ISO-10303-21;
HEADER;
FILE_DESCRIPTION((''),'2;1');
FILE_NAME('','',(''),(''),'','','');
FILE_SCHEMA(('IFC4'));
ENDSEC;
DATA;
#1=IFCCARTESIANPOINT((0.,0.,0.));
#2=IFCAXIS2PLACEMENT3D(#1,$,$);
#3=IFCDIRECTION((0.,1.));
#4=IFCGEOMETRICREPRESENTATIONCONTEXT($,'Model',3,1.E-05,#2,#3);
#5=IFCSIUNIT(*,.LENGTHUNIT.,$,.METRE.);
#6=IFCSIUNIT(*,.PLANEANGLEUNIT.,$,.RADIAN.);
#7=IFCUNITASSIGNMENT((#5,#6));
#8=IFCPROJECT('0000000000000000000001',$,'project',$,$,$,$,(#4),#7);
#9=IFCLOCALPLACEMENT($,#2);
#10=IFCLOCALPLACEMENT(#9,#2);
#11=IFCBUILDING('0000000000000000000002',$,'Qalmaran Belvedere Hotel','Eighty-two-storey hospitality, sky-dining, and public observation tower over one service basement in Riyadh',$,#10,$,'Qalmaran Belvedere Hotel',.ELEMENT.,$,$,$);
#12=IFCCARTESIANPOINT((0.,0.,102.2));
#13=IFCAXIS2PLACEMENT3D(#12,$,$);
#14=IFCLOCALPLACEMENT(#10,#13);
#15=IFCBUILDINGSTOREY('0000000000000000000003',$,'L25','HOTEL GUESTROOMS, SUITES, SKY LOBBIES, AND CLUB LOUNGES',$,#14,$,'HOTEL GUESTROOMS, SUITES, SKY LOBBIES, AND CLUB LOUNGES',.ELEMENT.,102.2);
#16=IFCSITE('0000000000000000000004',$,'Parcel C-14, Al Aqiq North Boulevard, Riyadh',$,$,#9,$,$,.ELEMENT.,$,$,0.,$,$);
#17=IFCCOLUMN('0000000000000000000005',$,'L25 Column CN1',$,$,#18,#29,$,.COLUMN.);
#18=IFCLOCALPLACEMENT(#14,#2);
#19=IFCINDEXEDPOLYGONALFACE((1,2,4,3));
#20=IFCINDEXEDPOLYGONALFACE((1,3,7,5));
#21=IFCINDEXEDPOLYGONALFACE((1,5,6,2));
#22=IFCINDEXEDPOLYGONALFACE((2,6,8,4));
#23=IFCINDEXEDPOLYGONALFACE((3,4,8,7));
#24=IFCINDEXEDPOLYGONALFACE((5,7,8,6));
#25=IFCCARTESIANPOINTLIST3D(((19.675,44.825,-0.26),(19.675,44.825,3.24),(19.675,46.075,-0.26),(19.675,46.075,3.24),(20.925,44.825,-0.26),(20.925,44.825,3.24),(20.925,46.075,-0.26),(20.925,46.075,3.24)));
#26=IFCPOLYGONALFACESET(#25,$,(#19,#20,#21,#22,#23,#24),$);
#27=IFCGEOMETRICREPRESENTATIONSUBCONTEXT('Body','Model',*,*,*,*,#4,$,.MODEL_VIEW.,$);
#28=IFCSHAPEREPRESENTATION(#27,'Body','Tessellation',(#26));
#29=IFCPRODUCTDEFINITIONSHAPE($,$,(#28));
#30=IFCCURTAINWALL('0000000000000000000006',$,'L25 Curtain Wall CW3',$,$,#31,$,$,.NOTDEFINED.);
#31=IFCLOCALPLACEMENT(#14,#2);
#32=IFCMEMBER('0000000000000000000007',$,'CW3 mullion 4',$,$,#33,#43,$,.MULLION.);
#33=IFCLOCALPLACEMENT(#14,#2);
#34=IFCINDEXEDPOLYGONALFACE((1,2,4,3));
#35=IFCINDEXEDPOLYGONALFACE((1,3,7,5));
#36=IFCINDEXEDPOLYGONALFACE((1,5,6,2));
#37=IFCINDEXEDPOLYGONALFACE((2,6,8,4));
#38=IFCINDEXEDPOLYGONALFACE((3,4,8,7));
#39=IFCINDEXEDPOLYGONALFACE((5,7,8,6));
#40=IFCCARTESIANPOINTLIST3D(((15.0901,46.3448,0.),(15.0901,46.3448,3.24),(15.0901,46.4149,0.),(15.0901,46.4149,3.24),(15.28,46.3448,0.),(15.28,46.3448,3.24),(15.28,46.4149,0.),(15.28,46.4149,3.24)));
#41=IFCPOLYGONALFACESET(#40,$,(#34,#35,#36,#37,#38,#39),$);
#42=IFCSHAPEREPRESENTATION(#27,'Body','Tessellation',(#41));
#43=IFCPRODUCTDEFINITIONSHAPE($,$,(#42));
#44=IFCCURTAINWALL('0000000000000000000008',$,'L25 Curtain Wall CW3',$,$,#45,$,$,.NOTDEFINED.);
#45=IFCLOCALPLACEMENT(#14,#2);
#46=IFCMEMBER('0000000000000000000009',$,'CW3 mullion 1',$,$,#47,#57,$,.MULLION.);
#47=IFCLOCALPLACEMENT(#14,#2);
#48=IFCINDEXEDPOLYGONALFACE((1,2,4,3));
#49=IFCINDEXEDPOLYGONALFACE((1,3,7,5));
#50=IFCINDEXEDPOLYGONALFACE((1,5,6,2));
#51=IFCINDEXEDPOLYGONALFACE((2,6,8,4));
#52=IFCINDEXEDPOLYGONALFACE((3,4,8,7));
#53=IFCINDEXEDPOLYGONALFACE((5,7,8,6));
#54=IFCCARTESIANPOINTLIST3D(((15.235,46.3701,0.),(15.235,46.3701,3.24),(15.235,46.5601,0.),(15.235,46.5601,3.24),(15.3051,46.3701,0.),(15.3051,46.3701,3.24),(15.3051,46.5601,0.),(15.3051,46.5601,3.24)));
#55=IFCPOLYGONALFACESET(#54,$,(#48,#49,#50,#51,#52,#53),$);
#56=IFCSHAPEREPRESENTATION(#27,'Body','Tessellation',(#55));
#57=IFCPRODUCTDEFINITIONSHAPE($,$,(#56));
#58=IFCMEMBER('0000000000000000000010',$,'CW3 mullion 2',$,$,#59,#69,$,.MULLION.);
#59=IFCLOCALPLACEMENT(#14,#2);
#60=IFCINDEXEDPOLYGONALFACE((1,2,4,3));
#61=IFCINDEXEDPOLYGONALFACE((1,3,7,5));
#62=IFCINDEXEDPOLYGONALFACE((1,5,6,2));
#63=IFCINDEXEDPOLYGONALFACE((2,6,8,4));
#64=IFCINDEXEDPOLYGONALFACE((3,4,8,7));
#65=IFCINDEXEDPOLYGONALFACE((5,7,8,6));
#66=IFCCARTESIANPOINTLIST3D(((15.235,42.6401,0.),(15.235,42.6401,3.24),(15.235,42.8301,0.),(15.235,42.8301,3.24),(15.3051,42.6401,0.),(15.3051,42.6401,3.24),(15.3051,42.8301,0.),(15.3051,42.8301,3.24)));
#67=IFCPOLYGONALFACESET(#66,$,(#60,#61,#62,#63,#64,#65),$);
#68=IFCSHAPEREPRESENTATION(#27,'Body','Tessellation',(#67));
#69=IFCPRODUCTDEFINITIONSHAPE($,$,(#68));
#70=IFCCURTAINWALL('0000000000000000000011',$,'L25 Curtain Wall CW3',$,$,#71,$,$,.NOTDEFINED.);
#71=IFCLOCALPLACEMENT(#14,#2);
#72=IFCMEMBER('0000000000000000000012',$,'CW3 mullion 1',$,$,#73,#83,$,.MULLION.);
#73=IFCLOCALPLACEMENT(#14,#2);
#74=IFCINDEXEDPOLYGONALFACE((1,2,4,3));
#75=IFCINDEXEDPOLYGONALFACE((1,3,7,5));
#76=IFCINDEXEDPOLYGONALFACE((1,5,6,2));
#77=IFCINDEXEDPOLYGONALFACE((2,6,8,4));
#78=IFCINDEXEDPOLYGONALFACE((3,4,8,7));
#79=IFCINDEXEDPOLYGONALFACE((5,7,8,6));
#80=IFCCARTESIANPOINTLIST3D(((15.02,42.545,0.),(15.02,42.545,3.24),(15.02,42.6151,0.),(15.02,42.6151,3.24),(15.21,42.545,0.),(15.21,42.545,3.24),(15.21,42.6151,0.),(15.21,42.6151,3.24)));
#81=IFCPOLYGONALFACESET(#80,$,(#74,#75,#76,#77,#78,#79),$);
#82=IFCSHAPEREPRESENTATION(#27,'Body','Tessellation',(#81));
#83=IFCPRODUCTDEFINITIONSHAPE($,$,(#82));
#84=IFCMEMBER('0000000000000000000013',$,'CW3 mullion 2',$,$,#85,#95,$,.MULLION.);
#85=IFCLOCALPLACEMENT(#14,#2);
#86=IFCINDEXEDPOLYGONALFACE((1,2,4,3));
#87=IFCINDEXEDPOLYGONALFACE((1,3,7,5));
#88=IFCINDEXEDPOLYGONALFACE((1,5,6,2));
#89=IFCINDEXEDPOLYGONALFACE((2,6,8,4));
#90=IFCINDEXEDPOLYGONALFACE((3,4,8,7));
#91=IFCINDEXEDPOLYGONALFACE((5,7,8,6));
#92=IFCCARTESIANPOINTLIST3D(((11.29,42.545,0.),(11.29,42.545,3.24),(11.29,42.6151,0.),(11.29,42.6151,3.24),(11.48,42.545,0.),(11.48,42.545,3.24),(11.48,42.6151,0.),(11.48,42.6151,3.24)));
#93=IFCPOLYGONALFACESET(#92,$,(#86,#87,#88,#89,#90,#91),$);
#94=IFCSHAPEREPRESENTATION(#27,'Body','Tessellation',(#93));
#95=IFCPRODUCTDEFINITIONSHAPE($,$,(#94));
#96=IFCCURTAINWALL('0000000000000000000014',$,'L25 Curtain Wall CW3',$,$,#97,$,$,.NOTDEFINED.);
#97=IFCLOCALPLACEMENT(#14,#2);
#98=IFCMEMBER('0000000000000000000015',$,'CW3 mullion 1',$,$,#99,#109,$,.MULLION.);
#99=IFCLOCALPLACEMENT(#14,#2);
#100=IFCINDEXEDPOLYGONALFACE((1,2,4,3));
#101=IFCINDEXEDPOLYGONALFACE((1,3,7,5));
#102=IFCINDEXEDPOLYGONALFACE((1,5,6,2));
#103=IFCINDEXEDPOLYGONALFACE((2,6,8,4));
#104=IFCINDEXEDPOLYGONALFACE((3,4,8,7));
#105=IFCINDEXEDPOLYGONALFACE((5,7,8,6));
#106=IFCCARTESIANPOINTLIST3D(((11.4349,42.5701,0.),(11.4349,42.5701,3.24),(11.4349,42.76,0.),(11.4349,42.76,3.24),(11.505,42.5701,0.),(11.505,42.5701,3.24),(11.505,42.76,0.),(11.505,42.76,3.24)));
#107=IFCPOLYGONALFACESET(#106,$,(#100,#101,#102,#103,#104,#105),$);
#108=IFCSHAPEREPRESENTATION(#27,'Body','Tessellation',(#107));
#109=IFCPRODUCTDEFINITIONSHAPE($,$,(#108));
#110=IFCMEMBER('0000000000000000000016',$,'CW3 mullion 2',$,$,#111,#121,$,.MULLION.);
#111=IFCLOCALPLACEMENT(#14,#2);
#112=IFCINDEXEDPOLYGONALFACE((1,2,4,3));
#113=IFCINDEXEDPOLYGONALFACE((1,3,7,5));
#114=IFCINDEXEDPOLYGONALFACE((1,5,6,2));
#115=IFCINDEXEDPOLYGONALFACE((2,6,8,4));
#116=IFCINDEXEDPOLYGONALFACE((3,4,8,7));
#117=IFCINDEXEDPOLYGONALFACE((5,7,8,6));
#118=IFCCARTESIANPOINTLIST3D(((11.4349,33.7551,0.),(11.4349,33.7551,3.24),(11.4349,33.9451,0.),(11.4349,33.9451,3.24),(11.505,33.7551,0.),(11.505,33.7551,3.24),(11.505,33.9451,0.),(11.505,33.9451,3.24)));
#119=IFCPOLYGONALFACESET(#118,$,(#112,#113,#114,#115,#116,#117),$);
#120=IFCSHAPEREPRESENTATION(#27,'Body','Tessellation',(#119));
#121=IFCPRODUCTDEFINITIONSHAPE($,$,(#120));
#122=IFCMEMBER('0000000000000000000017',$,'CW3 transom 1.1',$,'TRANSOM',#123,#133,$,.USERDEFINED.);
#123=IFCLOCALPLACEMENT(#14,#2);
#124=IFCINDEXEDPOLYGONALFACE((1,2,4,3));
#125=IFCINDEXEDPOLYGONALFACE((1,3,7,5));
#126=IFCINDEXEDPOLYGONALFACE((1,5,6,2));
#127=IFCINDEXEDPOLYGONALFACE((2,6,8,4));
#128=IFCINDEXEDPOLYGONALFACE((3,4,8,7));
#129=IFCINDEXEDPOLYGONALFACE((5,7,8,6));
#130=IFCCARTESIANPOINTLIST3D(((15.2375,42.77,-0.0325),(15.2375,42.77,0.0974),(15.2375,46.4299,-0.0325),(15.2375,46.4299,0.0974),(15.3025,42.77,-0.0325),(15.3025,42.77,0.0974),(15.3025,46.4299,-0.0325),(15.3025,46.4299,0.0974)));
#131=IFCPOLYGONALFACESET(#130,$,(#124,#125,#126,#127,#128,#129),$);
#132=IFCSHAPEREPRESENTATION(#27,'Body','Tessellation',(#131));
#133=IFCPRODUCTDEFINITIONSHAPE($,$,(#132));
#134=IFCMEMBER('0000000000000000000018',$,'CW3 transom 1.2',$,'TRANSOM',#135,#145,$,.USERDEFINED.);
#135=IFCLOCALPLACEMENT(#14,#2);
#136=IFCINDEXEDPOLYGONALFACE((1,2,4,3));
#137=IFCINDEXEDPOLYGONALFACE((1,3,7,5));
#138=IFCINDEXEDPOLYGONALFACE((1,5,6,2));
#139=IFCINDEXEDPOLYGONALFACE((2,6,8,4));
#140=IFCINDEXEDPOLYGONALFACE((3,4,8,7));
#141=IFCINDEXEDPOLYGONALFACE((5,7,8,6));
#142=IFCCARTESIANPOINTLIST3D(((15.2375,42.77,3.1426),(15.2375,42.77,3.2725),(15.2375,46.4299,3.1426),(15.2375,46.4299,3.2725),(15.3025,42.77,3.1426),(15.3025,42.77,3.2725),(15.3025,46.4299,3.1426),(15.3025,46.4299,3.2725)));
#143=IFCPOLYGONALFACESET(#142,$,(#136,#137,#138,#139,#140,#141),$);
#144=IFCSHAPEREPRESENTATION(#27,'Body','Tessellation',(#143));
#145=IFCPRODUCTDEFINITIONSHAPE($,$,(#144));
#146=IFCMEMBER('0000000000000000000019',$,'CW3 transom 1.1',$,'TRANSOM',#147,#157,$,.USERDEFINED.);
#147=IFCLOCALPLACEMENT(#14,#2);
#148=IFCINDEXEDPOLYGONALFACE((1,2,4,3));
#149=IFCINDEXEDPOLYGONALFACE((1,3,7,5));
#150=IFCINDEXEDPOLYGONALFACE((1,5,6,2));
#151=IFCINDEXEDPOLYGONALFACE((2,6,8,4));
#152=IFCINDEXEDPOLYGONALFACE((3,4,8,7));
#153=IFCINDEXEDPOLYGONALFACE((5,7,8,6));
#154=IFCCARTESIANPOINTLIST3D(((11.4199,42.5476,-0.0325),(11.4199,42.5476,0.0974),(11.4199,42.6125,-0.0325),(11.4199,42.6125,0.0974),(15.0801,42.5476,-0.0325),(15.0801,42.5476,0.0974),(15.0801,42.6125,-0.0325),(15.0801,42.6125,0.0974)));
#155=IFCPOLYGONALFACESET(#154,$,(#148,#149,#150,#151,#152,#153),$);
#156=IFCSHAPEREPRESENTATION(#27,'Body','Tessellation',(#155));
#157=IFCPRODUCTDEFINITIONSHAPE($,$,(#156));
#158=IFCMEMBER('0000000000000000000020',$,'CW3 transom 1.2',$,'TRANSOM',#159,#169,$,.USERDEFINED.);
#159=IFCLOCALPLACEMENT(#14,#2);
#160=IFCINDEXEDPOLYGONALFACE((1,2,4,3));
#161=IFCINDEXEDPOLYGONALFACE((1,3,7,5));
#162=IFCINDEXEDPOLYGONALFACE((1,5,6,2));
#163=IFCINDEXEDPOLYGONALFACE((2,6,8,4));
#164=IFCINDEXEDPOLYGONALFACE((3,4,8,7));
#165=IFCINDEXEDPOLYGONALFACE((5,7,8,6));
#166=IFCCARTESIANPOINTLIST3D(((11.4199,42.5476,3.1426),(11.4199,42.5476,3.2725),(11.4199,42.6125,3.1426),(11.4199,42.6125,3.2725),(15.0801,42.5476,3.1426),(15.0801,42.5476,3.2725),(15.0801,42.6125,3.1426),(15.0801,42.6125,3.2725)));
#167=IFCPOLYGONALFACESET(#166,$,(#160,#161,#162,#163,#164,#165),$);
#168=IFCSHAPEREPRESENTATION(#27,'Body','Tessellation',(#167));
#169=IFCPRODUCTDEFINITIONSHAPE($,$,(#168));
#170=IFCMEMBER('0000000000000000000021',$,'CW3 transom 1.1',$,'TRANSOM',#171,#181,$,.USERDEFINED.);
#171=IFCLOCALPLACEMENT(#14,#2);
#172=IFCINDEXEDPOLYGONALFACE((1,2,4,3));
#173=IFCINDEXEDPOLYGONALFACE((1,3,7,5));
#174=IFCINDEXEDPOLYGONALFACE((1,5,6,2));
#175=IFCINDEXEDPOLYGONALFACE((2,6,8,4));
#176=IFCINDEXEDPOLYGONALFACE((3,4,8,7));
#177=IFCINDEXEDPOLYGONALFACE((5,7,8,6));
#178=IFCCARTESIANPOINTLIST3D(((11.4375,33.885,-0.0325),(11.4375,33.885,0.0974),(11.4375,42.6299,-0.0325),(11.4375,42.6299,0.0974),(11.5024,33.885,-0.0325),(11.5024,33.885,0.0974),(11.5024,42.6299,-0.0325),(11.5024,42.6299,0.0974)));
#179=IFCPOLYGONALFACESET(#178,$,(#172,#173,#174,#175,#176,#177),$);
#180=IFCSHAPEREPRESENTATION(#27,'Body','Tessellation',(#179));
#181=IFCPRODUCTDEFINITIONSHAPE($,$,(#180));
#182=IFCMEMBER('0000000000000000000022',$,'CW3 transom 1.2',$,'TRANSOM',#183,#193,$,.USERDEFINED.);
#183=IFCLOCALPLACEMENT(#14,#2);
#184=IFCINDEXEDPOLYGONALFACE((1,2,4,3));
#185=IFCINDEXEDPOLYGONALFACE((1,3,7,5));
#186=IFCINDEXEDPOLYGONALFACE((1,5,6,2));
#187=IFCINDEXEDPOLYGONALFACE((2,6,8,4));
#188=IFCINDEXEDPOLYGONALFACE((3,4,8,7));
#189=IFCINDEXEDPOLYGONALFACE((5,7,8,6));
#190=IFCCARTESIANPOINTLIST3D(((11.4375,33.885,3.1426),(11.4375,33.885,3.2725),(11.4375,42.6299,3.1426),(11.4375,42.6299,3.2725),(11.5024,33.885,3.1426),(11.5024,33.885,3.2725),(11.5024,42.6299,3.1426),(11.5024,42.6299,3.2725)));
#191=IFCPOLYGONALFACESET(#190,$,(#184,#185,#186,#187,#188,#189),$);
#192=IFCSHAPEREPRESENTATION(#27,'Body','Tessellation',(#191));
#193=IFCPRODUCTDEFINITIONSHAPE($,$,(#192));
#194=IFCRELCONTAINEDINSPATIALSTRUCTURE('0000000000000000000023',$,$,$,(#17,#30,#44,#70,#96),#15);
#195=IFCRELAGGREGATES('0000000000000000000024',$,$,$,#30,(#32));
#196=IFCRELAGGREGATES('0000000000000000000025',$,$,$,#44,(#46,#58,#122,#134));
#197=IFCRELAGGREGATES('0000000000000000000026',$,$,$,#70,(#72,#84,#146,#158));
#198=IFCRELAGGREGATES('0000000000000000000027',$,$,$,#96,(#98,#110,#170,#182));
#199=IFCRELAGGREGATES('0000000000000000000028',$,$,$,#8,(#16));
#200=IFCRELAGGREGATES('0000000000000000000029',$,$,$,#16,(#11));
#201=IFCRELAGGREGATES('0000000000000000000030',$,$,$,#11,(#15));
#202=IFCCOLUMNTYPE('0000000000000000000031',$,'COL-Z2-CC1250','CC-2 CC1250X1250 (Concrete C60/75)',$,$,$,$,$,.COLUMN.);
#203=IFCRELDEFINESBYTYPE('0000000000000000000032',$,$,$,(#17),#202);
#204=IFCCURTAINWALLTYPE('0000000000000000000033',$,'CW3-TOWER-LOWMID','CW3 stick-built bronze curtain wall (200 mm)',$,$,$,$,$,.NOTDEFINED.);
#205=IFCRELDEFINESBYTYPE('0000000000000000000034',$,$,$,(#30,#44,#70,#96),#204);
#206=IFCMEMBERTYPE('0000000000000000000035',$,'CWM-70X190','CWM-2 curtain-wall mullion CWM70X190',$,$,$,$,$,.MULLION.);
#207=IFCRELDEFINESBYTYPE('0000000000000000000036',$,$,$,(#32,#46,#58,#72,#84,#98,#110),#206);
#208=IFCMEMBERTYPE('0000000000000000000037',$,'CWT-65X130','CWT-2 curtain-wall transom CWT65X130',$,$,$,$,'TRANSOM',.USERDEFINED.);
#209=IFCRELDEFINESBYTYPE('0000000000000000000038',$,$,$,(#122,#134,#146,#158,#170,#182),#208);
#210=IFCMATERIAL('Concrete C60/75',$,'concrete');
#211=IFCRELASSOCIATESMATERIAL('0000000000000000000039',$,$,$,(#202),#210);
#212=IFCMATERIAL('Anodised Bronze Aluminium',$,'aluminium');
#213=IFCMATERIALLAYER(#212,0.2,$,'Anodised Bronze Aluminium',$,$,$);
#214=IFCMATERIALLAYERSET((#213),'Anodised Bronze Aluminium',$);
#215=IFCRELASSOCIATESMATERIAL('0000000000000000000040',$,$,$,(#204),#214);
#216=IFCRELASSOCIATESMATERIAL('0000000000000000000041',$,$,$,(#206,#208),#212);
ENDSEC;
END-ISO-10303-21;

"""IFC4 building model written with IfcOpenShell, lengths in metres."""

from ifc_helpers import new_model, si_unit, direction, frame, origin, origin_2d, place, context, subcontext, project, spatial, rectangle, extrude, material, layer, layer_set, material_profile, profile_set, type_object, element, aggregate, save


model = new_model("IFC4")

# Units and contexts
model_context = context("Model", 3, precision=1e-05, world=origin(), true_north=direction((0.0, 1.0)))
body_context = subcontext(model_context, "Body", "Model", "MODEL_VIEW")
ifc_project = project(units=[si_unit("LENGTHUNIT", "METRE"), si_unit("PLANEANGLEUNIT", "RADIAN")], contexts=[model_context])

# Site, building, storey
site_placement = place(None, origin())
site = spatial("IfcSite", under=ifc_project, at=site_placement, Name="Parcel C-14, Al Aqiq North Boulevard, Riyadh", CompositionType="ELEMENT", RefElevation=0.0)
building_placement = place(site_placement, origin())
building = spatial("IfcBuilding", under=site, at=building_placement, Name="Qalmaran Belvedere Hotel", Description="Eighty-two-storey hospitality, sky-dining, and public observation tower over one service basement in Riyadh", LongName="Qalmaran Belvedere Hotel", CompositionType="ELEMENT")
storey_placement = place(building_placement, frame((0.0, 0.0, 102.2)))
storey = spatial("IfcBuildingStorey", under=building, at=storey_placement, Name="L25", Description="HOTEL GUESTROOMS, SUITES, SKY LOBBIES, AND CLUB LOUNGES", LongName="HOTEL GUESTROOMS, SUITES, SKY LOBBIES, AND CLUB LOUNGES", CompositionType="ELEMENT", Elevation=102.2)

# Column
ifc_material_1 = material(Name="Concrete C60/75", Category="concrete")
ifc_material_profile_1 = material_profile(ifc_material_1, rectangle(XDim=1.25, YDim=1.25, at=origin_2d()), Name="CC1250X1250")
ifc_profile_set_1 = profile_set([ifc_material_profile_1], Name="Concrete C60/75")
column_type = type_object("IfcColumnType", Name="COL-Z2-CC1250", Description="CC-2 CC1250X1250 (Concrete C60/75)", PredefinedType="COLUMN", material=ifc_profile_set_1)
column_placement = place(storey_placement, frame((20.3, 45.45, -0.26), z_axis=(0.0, 0.0, 1.0), x_axis=(1.0, 0.0, 0.0)))
element("IfcColumn", 1, at=column_placement, inside=storey, type_object=column_type, Name="L25 Column CN1", PredefinedType="COLUMN", context=body_context, shape_type="SweptSolid", body=[
    extrude(rectangle(XDim=1.25, YDim=1.25, at=origin_2d()), origin(), (0.0, 0.0, 1.0), 3.5),
])

# Curtain wall, member
ifc_material_2 = material(Name="Anodised Bronze Aluminium", Category="aluminium")
ifc_layer_1 = layer(ifc_material_2, 0.2, Name="Anodised Bronze Aluminium")
ifc_layer_set_1 = layer_set([ifc_layer_1], Name="Anodised Bronze Aluminium")
curtain_wall_type = type_object("IfcCurtainWallType", Name="CW3-TOWER-LOWMID", Description="CW3 stick-built bronze curtain wall (200 mm)", PredefinedType="NOTDEFINED", material=ifc_layer_set_1)
curtain_wall_1_placement = place(storey_placement, origin())
curtain_wall_1 = element("IfcCurtainWall", 2, at=curtain_wall_1_placement, inside=storey, type_object=curtain_wall_type, Name="L25 Curtain Wall CW3", PredefinedType="NOTDEFINED")
ifc_material_profile_2 = material_profile(ifc_material_2, rectangle(XDim=0.0701, YDim=0.1899, at=origin_2d()), Name="CWM70X190")
ifc_profile_set_2 = profile_set([ifc_material_profile_2], Name="Anodised Bronze Aluminium")
member_type_1 = type_object("IfcMemberType", Name="CWM-70X190", Description="CWM-2 curtain-wall mullion CWM70X190", PredefinedType="MULLION", material=ifc_profile_set_2)
member_1_placement = place(storey_placement, frame((15.1851, 46.3799, 0.0), z_axis=(0.0, 0.0, 1.0), x_axis=(0.0, -1.0, 0.0)))
member_1 = element("IfcMember", 3, at=member_1_placement, type_object=member_type_1, Name="CW3 mullion 4", PredefinedType="MULLION", context=body_context, shape_type="SweptSolid", body=[
    extrude(rectangle(XDim=0.0701, YDim=0.1899, at=origin_2d()), origin(), (0.0, 0.0, 1.0), 3.24),
])

# Curtain walls, members
curtain_wall_2_placement = place(storey_placement, origin())
curtain_wall_2 = element("IfcCurtainWall", 4, at=curtain_wall_2_placement, inside=storey, type_object=curtain_wall_type, Name="L25 Curtain Wall CW3", PredefinedType="NOTDEFINED")
member_2_placement = place(storey_placement, frame((15.27, 46.4651, 0.0), z_axis=(0.0, 0.0, 1.0), x_axis=(1.0, 0.0, 0.0)))
member_2 = element("IfcMember", 5, at=member_2_placement, type_object=member_type_1, Name="CW3 mullion 1", PredefinedType="MULLION", context=body_context, shape_type="SweptSolid", body=[
    extrude(rectangle(XDim=0.0701, YDim=0.1899, at=origin_2d()), origin(), (0.0, 0.0, 1.0), 3.24),
])
member_3_placement = place(storey_placement, frame((15.27, 42.7351, 0.0), z_axis=(0.0, 0.0, 1.0), x_axis=(1.0, 0.0, 0.0)))
member_3 = element("IfcMember", 6, at=member_3_placement, type_object=member_type_1, Name="CW3 mullion 2", PredefinedType="MULLION", context=body_context, shape_type="SweptSolid", body=[
    extrude(rectangle(XDim=0.0701, YDim=0.1899, at=origin_2d()), origin(), (0.0, 0.0, 1.0), 3.24),
])
curtain_wall_3_placement = place(storey_placement, origin())
curtain_wall_3 = element("IfcCurtainWall", 7, at=curtain_wall_3_placement, inside=storey, type_object=curtain_wall_type, Name="L25 Curtain Wall CW3", PredefinedType="NOTDEFINED")
member_4_placement = place(storey_placement, frame((15.115, 42.5801, 0.0), z_axis=(0.0, 0.0, 1.0), x_axis=(0.0, -1.0, 0.0)))
member_4 = element("IfcMember", 8, at=member_4_placement, type_object=member_type_1, Name="CW3 mullion 1", PredefinedType="MULLION", context=body_context, shape_type="SweptSolid", body=[
    extrude(rectangle(XDim=0.0701, YDim=0.1899, at=origin_2d()), origin(), (0.0, 0.0, 1.0), 3.24),
])
member_5_placement = place(storey_placement, frame((11.385, 42.5801, 0.0), z_axis=(0.0, 0.0, 1.0), x_axis=(0.0, -1.0, 0.0)))
member_5 = element("IfcMember", 9, at=member_5_placement, type_object=member_type_1, Name="CW3 mullion 2", PredefinedType="MULLION", context=body_context, shape_type="SweptSolid", body=[
    extrude(rectangle(XDim=0.0701, YDim=0.1899, at=origin_2d()), origin(), (0.0, 0.0, 1.0), 3.24),
])
curtain_wall_4_placement = place(storey_placement, origin())
curtain_wall_4 = element("IfcCurtainWall", 10, at=curtain_wall_4_placement, inside=storey, type_object=curtain_wall_type, Name="L25 Curtain Wall CW3", PredefinedType="NOTDEFINED")
member_6_placement = place(storey_placement, frame((11.47, 42.665, 0.0), z_axis=(0.0, 0.0, 1.0), x_axis=(1.0, 0.0, 0.0)))
member_6 = element("IfcMember", 11, at=member_6_placement, type_object=member_type_1, Name="CW3 mullion 1", PredefinedType="MULLION", context=body_context, shape_type="SweptSolid", body=[
    extrude(rectangle(XDim=0.0701, YDim=0.1899, at=origin_2d()), origin(), (0.0, 0.0, 1.0), 3.24),
])
member_7_placement = place(storey_placement, frame((11.47, 33.8501, 0.0), z_axis=(0.0, 0.0, 1.0), x_axis=(1.0, 0.0, 0.0)))
member_7 = element("IfcMember", 12, at=member_7_placement, type_object=member_type_1, Name="CW3 mullion 2", PredefinedType="MULLION", context=body_context, shape_type="SweptSolid", body=[
    extrude(rectangle(XDim=0.0701, YDim=0.1899, at=origin_2d()), origin(), (0.0, 0.0, 1.0), 3.24),
])

# Members
ifc_material_profile_3 = material_profile(ifc_material_2, rectangle(XDim=0.0649, YDim=0.1299, at=origin_2d()), Name="CWT65X130")
ifc_profile_set_3 = profile_set([ifc_material_profile_3], Name="Anodised Bronze Aluminium")
member_type_2 = type_object("IfcMemberType", Name="CWT-65X130", Description="CWT-2 curtain-wall transom CWT65X130", ElementType="TRANSOM", PredefinedType="USERDEFINED", material=ifc_profile_set_3)
member_8_placement = place(storey_placement, frame((15.27, 46.4299, 0.0325), z_axis=(0.0, -1.0, 0.0), x_axis=(1.0, 0.0, 0.0)))
member_8 = element("IfcMember", 13, at=member_8_placement, type_object=member_type_2, Name="CW3 transom 1.1", ObjectType="TRANSOM", PredefinedType="USERDEFINED", context=body_context, shape_type="SweptSolid", body=[
    extrude(rectangle(XDim=0.0649, YDim=0.1299, at=origin_2d()), origin(), (0.0, 0.0, 1.0), 3.6599),
])
member_9_placement = place(storey_placement, frame((15.27, 46.4299, 3.2075), z_axis=(0.0, -1.0, 0.0), x_axis=(1.0, 0.0, 0.0)))
member_9 = element("IfcMember", 14, at=member_9_placement, type_object=member_type_2, Name="CW3 transom 1.2", ObjectType="TRANSOM", PredefinedType="USERDEFINED", context=body_context, shape_type="SweptSolid", body=[
    extrude(rectangle(XDim=0.0649, YDim=0.1299, at=origin_2d()), origin(), (0.0, 0.0, 1.0), 3.6599),
])
member_10_placement = place(storey_placement, frame((15.0801, 42.5801, 0.0325), z_axis=(-1.0, 0.0, 0.0), x_axis=(0.0, -1.0, 0.0)))
member_10 = element("IfcMember", 15, at=member_10_placement, type_object=member_type_2, Name="CW3 transom 1.1", ObjectType="TRANSOM", PredefinedType="USERDEFINED", context=body_context, shape_type="SweptSolid", body=[
    extrude(rectangle(XDim=0.0649, YDim=0.1299, at=origin_2d()), origin(), (0.0, 0.0, 1.0), 3.6602),
])
member_11_placement = place(storey_placement, frame((15.0801, 42.5801, 3.2075), z_axis=(-1.0, 0.0, 0.0), x_axis=(0.0, -1.0, 0.0)))
member_11 = element("IfcMember", 16, at=member_11_placement, type_object=member_type_2, Name="CW3 transom 1.2", ObjectType="TRANSOM", PredefinedType="USERDEFINED", context=body_context, shape_type="SweptSolid", body=[
    extrude(rectangle(XDim=0.0649, YDim=0.1299, at=origin_2d()), origin(), (0.0, 0.0, 1.0), 3.6602),
])
member_12_placement = place(storey_placement, frame((11.47, 42.6299, 0.0325), z_axis=(0.0, -1.0, 0.0), x_axis=(1.0, 0.0, 0.0)))
member_12 = element("IfcMember", 17, at=member_12_placement, type_object=member_type_2, Name="CW3 transom 1.1", ObjectType="TRANSOM", PredefinedType="USERDEFINED", context=body_context, shape_type="SweptSolid", body=[
    extrude(rectangle(XDim=0.0649, YDim=0.1299, at=origin_2d()), origin(), (0.0, 0.0, 1.0), 8.7449),
])
member_13_placement = place(storey_placement, frame((11.47, 42.6299, 3.2075), z_axis=(0.0, -1.0, 0.0), x_axis=(1.0, 0.0, 0.0)))
member_13 = element("IfcMember", 18, at=member_13_placement, type_object=member_type_2, Name="CW3 transom 1.2", ObjectType="TRANSOM", PredefinedType="USERDEFINED", context=body_context, shape_type="SweptSolid", body=[
    extrude(rectangle(XDim=0.0649, YDim=0.1299, at=origin_2d()), origin(), (0.0, 0.0, 1.0), 8.7449),
])

aggregate(curtain_wall_1, [member_1])
aggregate(curtain_wall_2, [member_2, member_3, member_8, member_9])
aggregate(curtain_wall_3, [member_4, member_5, member_10, member_11])
aggregate(curtain_wall_4, [member_6, member_7, member_12, member_13])

save(model, "model.ifc")
